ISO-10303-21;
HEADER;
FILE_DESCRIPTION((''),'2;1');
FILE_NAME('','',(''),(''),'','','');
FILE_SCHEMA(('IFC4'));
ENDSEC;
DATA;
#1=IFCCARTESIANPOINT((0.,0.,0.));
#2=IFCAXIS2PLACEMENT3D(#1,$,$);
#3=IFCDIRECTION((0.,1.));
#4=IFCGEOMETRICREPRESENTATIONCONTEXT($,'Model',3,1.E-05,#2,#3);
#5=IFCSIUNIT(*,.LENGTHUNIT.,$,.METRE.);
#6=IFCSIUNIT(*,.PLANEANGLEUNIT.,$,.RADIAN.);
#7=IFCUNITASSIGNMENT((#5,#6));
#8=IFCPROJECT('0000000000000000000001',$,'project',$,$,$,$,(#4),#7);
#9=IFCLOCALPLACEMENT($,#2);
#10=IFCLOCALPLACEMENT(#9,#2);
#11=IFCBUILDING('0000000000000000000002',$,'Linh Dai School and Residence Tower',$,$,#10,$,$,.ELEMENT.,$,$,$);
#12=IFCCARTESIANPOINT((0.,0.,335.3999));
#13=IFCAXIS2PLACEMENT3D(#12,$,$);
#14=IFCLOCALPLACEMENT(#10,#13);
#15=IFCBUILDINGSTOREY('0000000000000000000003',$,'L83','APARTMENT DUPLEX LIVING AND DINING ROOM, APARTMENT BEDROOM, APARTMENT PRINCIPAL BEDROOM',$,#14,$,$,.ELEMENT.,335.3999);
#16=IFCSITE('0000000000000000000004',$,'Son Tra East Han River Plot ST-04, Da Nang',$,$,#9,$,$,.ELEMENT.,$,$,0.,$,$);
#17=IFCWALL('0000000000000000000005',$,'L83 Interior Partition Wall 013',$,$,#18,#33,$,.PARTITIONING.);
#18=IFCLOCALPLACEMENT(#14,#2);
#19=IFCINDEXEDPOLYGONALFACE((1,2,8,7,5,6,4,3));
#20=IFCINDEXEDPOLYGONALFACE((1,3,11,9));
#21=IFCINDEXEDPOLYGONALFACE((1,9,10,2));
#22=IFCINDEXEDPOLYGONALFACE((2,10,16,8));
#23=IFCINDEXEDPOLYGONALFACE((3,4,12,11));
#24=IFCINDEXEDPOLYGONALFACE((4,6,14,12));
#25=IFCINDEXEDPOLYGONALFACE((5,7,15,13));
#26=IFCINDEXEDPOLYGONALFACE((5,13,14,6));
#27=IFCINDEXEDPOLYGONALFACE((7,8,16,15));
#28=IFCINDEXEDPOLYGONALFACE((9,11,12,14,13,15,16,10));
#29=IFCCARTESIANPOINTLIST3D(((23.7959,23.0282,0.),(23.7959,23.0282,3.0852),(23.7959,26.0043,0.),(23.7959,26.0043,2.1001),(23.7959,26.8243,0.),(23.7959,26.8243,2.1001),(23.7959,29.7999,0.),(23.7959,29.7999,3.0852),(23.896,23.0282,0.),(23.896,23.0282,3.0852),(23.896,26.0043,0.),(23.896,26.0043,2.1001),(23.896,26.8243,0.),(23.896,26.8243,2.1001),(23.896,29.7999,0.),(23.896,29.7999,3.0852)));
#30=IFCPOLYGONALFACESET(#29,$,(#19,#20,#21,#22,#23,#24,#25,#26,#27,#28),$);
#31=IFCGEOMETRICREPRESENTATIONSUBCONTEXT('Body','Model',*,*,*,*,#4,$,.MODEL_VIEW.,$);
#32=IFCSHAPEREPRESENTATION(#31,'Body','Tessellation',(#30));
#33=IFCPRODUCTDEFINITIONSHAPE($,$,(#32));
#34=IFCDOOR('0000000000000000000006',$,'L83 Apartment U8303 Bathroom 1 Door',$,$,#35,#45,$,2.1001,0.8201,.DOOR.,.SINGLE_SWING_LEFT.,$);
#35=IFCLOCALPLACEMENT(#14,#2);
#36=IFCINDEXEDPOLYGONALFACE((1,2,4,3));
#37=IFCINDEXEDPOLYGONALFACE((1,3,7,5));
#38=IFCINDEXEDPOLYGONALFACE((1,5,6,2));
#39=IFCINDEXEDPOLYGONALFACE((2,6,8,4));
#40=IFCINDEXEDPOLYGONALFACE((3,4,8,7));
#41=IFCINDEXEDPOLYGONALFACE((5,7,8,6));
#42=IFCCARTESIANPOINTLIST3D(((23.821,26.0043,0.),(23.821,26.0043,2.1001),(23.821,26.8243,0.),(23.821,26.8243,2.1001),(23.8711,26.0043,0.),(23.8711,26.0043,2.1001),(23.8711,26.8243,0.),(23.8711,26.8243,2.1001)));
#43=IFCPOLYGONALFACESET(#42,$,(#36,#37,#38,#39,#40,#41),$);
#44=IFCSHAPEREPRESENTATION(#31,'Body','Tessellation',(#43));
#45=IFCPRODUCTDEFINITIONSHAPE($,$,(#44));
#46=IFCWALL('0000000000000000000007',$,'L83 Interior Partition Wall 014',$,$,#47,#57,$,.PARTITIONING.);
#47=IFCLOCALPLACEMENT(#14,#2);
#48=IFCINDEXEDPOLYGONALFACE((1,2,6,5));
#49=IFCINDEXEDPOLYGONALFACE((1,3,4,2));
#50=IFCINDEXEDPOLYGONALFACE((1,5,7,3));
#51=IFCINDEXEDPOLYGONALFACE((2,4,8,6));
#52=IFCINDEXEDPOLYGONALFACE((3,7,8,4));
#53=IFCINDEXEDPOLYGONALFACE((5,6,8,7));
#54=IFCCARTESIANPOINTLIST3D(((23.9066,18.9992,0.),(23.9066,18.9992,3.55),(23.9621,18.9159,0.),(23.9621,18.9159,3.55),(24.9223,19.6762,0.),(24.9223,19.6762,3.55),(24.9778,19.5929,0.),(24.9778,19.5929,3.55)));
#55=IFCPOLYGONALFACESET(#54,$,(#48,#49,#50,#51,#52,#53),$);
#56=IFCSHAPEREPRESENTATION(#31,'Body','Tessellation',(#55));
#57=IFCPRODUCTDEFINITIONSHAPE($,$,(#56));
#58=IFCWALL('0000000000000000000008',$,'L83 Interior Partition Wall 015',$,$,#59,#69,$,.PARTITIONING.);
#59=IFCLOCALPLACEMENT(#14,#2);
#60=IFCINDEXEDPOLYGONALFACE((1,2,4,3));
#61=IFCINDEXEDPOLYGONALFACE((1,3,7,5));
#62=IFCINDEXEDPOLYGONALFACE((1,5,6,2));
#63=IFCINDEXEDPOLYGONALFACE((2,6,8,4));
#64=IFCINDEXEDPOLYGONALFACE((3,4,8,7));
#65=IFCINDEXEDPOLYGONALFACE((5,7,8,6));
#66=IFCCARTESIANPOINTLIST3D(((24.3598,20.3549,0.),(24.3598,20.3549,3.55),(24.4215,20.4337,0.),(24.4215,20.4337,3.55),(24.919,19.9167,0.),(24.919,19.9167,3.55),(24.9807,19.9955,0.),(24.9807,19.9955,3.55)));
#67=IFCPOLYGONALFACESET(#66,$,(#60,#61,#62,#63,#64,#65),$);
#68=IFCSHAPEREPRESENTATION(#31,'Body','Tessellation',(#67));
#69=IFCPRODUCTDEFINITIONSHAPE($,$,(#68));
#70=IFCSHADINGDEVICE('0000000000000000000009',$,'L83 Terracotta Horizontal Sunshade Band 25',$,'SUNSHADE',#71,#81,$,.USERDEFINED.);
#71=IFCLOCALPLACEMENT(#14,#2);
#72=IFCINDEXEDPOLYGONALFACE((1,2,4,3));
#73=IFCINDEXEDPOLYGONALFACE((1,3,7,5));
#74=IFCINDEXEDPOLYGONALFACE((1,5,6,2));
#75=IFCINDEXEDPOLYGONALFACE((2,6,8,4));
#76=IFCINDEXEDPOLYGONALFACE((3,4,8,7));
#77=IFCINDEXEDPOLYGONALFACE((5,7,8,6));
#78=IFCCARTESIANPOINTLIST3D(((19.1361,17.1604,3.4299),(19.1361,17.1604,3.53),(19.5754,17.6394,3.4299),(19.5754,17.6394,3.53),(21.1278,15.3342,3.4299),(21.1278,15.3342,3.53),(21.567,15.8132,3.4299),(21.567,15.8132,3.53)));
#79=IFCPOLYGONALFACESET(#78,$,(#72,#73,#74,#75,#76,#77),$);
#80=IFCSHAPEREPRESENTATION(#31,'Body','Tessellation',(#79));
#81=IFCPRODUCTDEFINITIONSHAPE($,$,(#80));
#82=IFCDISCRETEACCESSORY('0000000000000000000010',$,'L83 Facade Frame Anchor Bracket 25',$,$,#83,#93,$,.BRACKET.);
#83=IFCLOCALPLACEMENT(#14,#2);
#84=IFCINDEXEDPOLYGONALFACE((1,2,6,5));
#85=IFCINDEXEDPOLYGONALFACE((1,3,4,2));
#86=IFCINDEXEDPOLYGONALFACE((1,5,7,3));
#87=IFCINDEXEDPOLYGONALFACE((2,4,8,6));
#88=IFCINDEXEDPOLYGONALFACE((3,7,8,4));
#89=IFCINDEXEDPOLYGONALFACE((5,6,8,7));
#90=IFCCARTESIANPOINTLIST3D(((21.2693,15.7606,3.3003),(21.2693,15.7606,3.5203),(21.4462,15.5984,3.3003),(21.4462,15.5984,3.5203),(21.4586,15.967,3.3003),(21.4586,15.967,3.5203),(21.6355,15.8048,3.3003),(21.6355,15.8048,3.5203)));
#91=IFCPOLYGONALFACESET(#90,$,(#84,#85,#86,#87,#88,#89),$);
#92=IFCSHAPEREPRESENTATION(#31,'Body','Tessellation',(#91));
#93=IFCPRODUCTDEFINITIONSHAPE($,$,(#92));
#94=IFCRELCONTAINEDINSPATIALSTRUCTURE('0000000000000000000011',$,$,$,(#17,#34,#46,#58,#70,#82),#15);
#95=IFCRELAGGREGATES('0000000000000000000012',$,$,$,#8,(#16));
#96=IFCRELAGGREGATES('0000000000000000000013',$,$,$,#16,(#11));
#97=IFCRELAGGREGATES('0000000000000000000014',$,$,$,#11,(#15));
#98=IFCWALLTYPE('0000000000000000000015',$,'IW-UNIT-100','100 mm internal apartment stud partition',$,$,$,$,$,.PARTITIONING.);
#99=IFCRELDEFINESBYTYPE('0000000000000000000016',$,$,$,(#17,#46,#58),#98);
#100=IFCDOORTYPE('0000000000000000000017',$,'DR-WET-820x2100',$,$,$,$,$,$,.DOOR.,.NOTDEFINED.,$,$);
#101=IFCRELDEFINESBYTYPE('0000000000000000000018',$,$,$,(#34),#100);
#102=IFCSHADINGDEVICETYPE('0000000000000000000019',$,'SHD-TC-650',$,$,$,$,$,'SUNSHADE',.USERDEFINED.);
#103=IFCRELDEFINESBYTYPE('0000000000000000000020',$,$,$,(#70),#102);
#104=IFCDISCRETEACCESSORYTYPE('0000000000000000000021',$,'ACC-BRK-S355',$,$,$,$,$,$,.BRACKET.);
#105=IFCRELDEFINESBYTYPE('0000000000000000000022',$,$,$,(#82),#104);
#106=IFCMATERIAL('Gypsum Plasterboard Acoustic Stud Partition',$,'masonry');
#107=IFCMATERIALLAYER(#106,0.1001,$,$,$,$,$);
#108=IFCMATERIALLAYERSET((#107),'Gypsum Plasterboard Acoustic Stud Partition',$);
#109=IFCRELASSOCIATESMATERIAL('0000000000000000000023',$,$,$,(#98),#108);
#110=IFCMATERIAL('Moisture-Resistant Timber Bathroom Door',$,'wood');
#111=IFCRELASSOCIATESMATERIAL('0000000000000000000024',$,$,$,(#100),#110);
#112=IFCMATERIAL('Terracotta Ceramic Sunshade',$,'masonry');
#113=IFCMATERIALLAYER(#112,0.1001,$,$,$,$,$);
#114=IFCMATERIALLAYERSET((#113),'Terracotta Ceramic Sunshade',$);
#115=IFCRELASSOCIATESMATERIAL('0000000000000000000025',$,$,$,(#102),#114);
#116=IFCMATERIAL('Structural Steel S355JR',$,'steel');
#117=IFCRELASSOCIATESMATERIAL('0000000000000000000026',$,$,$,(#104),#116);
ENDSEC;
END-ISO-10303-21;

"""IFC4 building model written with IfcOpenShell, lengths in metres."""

from ifc_helpers import new_model, si_unit, direction, frame, frame_2d, origin, origin_2d, place, context, subcontext, project, spatial, rectangle, extrude, source, transform, mapped, material, layer, layer_set, type_object, element, fill, save


model = new_model("IFC4")

# Units and contexts
model_context = context("Model", 3, precision=1e-05, world=origin(), true_north=direction((0.0, 1.0)))
body_context = subcontext(model_context, "Body", "Model", "MODEL_VIEW")
ifc_project = project(units=[si_unit("LENGTHUNIT", "METRE"), si_unit("PLANEANGLEUNIT", "RADIAN")], contexts=[model_context])

# Site, building, storey
site_placement = place(None, origin())
site = spatial("IfcSite", under=ifc_project, at=site_placement, Name="Son Tra East Han River Plot ST-04, Da Nang", CompositionType="ELEMENT", RefElevation=0.0)
building_placement = place(site_placement, origin())
building = spatial("IfcBuilding", under=site, at=building_placement, Name="Linh Dai School and Residence Tower", CompositionType="ELEMENT")
storey_placement = place(building_placement, frame((0.0, 0.0, 335.3999)))
storey = spatial("IfcBuildingStorey", under=building, at=storey_placement, Name="L83", Description="APARTMENT DUPLEX LIVING AND DINING ROOM, APARTMENT BEDROOM, APARTMENT PRINCIPAL BEDROOM", CompositionType="ELEMENT", Elevation=335.3999)

# Shared definitions
ifc_material_1 = material(Name="Structural Steel S355JR", Category="steel")

# Shared definitions
ifc_material_2 = material(Name="Gypsum Plasterboard Acoustic Stud Partition", Category="masonry")
ifc_layer_1 = layer(ifc_material_2, 0.1001)
ifc_layer_set_1 = layer_set([ifc_layer_1], Name="Gypsum Plasterboard Acoustic Stud Partition")
wall_type_1 = type_object("IfcWallType", Name="IW-UNIT-100", Description="100 mm internal apartment stud partition", PredefinedType="PARTITIONING", material=ifc_layer_set_1)
ifc_material_3 = material(Name="Moisture-Resistant Timber Bathroom Door", Category="wood")
door_type_1 = type_object("IfcDoorType", Name="DR-WET-820x2100", OperationType="NOTDEFINED", PredefinedType="DOOR", material=ifc_material_3)
shared_shape_1 = source(origin(), body_context, "Body", "SweptSolid", [
    extrude(rectangle(XDim=0.8201, YDim=2.1001, at=origin_2d()), frame((0.4102, 0.0249, 1.05), z_axis=(0.0, -1.0, 0.0), x_axis=(1.0, 0.0, 0.0)), (0.0, 0.0, 1.0), 0.05),
])

# Wall, opening, door
wall_1_placement = place(storey_placement, frame((23.8459, 23.0283, 0.0), z_axis=(0.0, 0.0, 1.0), x_axis=(0.0, 1.0, 0.0)))
wall_1 = element("IfcWall", 1, at=wall_1_placement, inside=storey, type_object=wall_type_1, Name="L83 Interior Partition Wall 013", PredefinedType="PARTITIONING", context=body_context, shape_type="SweptSolid", body=[
    extrude(rectangle(XDim=6.7717, YDim=0.1001, at=frame_2d((3.3857, 0.0))), origin(), (0.0, 0.0, 1.0), 3.0852),
])
opening_1_placement = place(wall_1_placement, frame((2.9758, 0.0, 0.0)))
opening_1 = element("IfcOpeningElement", 2, at=opening_1_placement, cuts=wall_1, PredefinedType="OPENING", context=body_context, shape_type="SweptSolid", body=[
    extrude(rectangle(XDim=0.8201, YDim=2.1001, at=origin_2d()), frame((0.4102, 0.0601, 1.05), z_axis=(0.0, -1.0, 0.0), x_axis=(1.0, 0.0, 0.0)), (0.0, 0.0, 1.0), 0.1201),
])
door_1_placement = place(opening_1_placement, origin())
door_1 = element("IfcDoor", 3, at=door_1_placement, inside=storey, type_object=door_type_1, Name="L83 Apartment U8303 Bathroom 1 Door", OperationType="SINGLE_SWING_LEFT", OverallHeight=2.1001, OverallWidth=0.8201, PredefinedType="DOOR", context=body_context, shape_type="MappedRepresentation", body=[
    mapped(shared_shape_1, transform((0.0, 0.0, 0.0), x_axis=(1.0, 0.0, 0.0), y_axis=(0.0, 1.0, 0.0), z_axis=(0.0, 0.0, 1.0), scale=1.0)),
])
fill(opening_1, door_1)

# Walls
wall_2_placement = place(storey_placement, frame((23.9343, 18.9575, 0.0), z_axis=(0.0, 0.0, 1.0), x_axis=(0.832081, 0.554654, 0.0)))
element("IfcWall", 4, at=wall_2_placement, inside=storey, type_object=wall_type_1, Name="L83 Interior Partition Wall 014", PredefinedType="PARTITIONING", context=body_context, shape_type="SweptSolid", body=[
    extrude(rectangle(XDim=1.2207, YDim=0.1001, at=frame_2d((0.6104, 0.0))), origin(), (0.0, 0.0, 1.0), 3.55),
])
wall_3_placement = place(storey_placement, frame((24.3906, 20.3943, 0.0), z_axis=(0.0, 0.0, 1.0), x_axis=(0.787164, -0.616744, 0.0)))
element("IfcWall", 5, at=wall_3_placement, inside=storey, type_object=wall_type_1, Name="L83 Interior Partition Wall 015", PredefinedType="PARTITIONING", context=body_context, shape_type="SweptSolid", body=[
    extrude(rectangle(XDim=0.7104, YDim=0.1001, at=frame_2d((0.3552, 0.0))), origin(), (0.0, 0.0, 1.0), 3.55),
])

# Shading device
ifc_material_4 = material(Name="Terracotta Ceramic Sunshade", Category="masonry")
ifc_layer_2 = layer(ifc_material_4, 0.1001)
ifc_layer_set_2 = layer_set([ifc_layer_2], Name="Terracotta Ceramic Sunshade")
shading_device_type = type_object("IfcShadingDeviceType", Name="SHD-TC-650", ElementType="SUNSHADE", PredefinedType="USERDEFINED", material=ifc_layer_set_2)
shared_shape_2 = source(origin(), body_context, "Body", "SweptSolid", [
    extrude(rectangle(XDim=2.7021, YDim=0.6499, at=origin_2d()), origin(), (0.0, 0.0, 1.0), 0.1001),
])
shading_device_placement = place(storey_placement, frame((20.3516, 16.4868, 3.4299), z_axis=(0.0, 0.0, 1.0), x_axis=(-0.737048, 0.675841, 0.0)))
element("IfcShadingDevice", 6, at=shading_device_placement, inside=storey, type_object=shading_device_type, Name="L83 Terracotta Horizontal Sunshade Band 25", ObjectType="SUNSHADE", PredefinedType="USERDEFINED", context=body_context, shape_type="MappedRepresentation", body=[
    mapped(shared_shape_2, transform((0.0, 0.0, 0.0), x_axis=(1.0, 0.0, 0.0), y_axis=(0.0, 1.0, 0.0), z_axis=(0.0, 0.0, 1.0), scale=1.0)),
])

# Discrete accessory
discrete_accessory_type = type_object("IfcDiscreteAccessoryType", Name="ACC-BRK-S355", PredefinedType="BRACKET", material=ifc_material_1)
shared_shape_3 = source(origin(), body_context, "Body", "SweptSolid", [
    extrude(rectangle(XDim=0.28, YDim=0.24, at=origin_2d()), origin(), (0.0, 0.0, 1.0), 0.22),
])
discrete_accessory_placement = place(storey_placement, frame((21.4524, 15.7827, 3.3003), z_axis=(0.0, 0.0, 1.0), x_axis=(-0.675841, -0.737048, 0.0)))
element("IfcDiscreteAccessory", 7, at=discrete_accessory_placement, inside=storey, type_object=discrete_accessory_type, Name="L83 Facade Frame Anchor Bracket 25", PredefinedType="BRACKET", context=body_context, shape_type="MappedRepresentation", body=[
    mapped(shared_shape_3, transform((0.0, 0.0, 0.0), x_axis=(1.0, 0.0, 0.0), y_axis=(0.0, 1.0, 0.0), z_axis=(0.0, 0.0, 1.0), scale=1.0)),
])

save(model, "model.ifc")
